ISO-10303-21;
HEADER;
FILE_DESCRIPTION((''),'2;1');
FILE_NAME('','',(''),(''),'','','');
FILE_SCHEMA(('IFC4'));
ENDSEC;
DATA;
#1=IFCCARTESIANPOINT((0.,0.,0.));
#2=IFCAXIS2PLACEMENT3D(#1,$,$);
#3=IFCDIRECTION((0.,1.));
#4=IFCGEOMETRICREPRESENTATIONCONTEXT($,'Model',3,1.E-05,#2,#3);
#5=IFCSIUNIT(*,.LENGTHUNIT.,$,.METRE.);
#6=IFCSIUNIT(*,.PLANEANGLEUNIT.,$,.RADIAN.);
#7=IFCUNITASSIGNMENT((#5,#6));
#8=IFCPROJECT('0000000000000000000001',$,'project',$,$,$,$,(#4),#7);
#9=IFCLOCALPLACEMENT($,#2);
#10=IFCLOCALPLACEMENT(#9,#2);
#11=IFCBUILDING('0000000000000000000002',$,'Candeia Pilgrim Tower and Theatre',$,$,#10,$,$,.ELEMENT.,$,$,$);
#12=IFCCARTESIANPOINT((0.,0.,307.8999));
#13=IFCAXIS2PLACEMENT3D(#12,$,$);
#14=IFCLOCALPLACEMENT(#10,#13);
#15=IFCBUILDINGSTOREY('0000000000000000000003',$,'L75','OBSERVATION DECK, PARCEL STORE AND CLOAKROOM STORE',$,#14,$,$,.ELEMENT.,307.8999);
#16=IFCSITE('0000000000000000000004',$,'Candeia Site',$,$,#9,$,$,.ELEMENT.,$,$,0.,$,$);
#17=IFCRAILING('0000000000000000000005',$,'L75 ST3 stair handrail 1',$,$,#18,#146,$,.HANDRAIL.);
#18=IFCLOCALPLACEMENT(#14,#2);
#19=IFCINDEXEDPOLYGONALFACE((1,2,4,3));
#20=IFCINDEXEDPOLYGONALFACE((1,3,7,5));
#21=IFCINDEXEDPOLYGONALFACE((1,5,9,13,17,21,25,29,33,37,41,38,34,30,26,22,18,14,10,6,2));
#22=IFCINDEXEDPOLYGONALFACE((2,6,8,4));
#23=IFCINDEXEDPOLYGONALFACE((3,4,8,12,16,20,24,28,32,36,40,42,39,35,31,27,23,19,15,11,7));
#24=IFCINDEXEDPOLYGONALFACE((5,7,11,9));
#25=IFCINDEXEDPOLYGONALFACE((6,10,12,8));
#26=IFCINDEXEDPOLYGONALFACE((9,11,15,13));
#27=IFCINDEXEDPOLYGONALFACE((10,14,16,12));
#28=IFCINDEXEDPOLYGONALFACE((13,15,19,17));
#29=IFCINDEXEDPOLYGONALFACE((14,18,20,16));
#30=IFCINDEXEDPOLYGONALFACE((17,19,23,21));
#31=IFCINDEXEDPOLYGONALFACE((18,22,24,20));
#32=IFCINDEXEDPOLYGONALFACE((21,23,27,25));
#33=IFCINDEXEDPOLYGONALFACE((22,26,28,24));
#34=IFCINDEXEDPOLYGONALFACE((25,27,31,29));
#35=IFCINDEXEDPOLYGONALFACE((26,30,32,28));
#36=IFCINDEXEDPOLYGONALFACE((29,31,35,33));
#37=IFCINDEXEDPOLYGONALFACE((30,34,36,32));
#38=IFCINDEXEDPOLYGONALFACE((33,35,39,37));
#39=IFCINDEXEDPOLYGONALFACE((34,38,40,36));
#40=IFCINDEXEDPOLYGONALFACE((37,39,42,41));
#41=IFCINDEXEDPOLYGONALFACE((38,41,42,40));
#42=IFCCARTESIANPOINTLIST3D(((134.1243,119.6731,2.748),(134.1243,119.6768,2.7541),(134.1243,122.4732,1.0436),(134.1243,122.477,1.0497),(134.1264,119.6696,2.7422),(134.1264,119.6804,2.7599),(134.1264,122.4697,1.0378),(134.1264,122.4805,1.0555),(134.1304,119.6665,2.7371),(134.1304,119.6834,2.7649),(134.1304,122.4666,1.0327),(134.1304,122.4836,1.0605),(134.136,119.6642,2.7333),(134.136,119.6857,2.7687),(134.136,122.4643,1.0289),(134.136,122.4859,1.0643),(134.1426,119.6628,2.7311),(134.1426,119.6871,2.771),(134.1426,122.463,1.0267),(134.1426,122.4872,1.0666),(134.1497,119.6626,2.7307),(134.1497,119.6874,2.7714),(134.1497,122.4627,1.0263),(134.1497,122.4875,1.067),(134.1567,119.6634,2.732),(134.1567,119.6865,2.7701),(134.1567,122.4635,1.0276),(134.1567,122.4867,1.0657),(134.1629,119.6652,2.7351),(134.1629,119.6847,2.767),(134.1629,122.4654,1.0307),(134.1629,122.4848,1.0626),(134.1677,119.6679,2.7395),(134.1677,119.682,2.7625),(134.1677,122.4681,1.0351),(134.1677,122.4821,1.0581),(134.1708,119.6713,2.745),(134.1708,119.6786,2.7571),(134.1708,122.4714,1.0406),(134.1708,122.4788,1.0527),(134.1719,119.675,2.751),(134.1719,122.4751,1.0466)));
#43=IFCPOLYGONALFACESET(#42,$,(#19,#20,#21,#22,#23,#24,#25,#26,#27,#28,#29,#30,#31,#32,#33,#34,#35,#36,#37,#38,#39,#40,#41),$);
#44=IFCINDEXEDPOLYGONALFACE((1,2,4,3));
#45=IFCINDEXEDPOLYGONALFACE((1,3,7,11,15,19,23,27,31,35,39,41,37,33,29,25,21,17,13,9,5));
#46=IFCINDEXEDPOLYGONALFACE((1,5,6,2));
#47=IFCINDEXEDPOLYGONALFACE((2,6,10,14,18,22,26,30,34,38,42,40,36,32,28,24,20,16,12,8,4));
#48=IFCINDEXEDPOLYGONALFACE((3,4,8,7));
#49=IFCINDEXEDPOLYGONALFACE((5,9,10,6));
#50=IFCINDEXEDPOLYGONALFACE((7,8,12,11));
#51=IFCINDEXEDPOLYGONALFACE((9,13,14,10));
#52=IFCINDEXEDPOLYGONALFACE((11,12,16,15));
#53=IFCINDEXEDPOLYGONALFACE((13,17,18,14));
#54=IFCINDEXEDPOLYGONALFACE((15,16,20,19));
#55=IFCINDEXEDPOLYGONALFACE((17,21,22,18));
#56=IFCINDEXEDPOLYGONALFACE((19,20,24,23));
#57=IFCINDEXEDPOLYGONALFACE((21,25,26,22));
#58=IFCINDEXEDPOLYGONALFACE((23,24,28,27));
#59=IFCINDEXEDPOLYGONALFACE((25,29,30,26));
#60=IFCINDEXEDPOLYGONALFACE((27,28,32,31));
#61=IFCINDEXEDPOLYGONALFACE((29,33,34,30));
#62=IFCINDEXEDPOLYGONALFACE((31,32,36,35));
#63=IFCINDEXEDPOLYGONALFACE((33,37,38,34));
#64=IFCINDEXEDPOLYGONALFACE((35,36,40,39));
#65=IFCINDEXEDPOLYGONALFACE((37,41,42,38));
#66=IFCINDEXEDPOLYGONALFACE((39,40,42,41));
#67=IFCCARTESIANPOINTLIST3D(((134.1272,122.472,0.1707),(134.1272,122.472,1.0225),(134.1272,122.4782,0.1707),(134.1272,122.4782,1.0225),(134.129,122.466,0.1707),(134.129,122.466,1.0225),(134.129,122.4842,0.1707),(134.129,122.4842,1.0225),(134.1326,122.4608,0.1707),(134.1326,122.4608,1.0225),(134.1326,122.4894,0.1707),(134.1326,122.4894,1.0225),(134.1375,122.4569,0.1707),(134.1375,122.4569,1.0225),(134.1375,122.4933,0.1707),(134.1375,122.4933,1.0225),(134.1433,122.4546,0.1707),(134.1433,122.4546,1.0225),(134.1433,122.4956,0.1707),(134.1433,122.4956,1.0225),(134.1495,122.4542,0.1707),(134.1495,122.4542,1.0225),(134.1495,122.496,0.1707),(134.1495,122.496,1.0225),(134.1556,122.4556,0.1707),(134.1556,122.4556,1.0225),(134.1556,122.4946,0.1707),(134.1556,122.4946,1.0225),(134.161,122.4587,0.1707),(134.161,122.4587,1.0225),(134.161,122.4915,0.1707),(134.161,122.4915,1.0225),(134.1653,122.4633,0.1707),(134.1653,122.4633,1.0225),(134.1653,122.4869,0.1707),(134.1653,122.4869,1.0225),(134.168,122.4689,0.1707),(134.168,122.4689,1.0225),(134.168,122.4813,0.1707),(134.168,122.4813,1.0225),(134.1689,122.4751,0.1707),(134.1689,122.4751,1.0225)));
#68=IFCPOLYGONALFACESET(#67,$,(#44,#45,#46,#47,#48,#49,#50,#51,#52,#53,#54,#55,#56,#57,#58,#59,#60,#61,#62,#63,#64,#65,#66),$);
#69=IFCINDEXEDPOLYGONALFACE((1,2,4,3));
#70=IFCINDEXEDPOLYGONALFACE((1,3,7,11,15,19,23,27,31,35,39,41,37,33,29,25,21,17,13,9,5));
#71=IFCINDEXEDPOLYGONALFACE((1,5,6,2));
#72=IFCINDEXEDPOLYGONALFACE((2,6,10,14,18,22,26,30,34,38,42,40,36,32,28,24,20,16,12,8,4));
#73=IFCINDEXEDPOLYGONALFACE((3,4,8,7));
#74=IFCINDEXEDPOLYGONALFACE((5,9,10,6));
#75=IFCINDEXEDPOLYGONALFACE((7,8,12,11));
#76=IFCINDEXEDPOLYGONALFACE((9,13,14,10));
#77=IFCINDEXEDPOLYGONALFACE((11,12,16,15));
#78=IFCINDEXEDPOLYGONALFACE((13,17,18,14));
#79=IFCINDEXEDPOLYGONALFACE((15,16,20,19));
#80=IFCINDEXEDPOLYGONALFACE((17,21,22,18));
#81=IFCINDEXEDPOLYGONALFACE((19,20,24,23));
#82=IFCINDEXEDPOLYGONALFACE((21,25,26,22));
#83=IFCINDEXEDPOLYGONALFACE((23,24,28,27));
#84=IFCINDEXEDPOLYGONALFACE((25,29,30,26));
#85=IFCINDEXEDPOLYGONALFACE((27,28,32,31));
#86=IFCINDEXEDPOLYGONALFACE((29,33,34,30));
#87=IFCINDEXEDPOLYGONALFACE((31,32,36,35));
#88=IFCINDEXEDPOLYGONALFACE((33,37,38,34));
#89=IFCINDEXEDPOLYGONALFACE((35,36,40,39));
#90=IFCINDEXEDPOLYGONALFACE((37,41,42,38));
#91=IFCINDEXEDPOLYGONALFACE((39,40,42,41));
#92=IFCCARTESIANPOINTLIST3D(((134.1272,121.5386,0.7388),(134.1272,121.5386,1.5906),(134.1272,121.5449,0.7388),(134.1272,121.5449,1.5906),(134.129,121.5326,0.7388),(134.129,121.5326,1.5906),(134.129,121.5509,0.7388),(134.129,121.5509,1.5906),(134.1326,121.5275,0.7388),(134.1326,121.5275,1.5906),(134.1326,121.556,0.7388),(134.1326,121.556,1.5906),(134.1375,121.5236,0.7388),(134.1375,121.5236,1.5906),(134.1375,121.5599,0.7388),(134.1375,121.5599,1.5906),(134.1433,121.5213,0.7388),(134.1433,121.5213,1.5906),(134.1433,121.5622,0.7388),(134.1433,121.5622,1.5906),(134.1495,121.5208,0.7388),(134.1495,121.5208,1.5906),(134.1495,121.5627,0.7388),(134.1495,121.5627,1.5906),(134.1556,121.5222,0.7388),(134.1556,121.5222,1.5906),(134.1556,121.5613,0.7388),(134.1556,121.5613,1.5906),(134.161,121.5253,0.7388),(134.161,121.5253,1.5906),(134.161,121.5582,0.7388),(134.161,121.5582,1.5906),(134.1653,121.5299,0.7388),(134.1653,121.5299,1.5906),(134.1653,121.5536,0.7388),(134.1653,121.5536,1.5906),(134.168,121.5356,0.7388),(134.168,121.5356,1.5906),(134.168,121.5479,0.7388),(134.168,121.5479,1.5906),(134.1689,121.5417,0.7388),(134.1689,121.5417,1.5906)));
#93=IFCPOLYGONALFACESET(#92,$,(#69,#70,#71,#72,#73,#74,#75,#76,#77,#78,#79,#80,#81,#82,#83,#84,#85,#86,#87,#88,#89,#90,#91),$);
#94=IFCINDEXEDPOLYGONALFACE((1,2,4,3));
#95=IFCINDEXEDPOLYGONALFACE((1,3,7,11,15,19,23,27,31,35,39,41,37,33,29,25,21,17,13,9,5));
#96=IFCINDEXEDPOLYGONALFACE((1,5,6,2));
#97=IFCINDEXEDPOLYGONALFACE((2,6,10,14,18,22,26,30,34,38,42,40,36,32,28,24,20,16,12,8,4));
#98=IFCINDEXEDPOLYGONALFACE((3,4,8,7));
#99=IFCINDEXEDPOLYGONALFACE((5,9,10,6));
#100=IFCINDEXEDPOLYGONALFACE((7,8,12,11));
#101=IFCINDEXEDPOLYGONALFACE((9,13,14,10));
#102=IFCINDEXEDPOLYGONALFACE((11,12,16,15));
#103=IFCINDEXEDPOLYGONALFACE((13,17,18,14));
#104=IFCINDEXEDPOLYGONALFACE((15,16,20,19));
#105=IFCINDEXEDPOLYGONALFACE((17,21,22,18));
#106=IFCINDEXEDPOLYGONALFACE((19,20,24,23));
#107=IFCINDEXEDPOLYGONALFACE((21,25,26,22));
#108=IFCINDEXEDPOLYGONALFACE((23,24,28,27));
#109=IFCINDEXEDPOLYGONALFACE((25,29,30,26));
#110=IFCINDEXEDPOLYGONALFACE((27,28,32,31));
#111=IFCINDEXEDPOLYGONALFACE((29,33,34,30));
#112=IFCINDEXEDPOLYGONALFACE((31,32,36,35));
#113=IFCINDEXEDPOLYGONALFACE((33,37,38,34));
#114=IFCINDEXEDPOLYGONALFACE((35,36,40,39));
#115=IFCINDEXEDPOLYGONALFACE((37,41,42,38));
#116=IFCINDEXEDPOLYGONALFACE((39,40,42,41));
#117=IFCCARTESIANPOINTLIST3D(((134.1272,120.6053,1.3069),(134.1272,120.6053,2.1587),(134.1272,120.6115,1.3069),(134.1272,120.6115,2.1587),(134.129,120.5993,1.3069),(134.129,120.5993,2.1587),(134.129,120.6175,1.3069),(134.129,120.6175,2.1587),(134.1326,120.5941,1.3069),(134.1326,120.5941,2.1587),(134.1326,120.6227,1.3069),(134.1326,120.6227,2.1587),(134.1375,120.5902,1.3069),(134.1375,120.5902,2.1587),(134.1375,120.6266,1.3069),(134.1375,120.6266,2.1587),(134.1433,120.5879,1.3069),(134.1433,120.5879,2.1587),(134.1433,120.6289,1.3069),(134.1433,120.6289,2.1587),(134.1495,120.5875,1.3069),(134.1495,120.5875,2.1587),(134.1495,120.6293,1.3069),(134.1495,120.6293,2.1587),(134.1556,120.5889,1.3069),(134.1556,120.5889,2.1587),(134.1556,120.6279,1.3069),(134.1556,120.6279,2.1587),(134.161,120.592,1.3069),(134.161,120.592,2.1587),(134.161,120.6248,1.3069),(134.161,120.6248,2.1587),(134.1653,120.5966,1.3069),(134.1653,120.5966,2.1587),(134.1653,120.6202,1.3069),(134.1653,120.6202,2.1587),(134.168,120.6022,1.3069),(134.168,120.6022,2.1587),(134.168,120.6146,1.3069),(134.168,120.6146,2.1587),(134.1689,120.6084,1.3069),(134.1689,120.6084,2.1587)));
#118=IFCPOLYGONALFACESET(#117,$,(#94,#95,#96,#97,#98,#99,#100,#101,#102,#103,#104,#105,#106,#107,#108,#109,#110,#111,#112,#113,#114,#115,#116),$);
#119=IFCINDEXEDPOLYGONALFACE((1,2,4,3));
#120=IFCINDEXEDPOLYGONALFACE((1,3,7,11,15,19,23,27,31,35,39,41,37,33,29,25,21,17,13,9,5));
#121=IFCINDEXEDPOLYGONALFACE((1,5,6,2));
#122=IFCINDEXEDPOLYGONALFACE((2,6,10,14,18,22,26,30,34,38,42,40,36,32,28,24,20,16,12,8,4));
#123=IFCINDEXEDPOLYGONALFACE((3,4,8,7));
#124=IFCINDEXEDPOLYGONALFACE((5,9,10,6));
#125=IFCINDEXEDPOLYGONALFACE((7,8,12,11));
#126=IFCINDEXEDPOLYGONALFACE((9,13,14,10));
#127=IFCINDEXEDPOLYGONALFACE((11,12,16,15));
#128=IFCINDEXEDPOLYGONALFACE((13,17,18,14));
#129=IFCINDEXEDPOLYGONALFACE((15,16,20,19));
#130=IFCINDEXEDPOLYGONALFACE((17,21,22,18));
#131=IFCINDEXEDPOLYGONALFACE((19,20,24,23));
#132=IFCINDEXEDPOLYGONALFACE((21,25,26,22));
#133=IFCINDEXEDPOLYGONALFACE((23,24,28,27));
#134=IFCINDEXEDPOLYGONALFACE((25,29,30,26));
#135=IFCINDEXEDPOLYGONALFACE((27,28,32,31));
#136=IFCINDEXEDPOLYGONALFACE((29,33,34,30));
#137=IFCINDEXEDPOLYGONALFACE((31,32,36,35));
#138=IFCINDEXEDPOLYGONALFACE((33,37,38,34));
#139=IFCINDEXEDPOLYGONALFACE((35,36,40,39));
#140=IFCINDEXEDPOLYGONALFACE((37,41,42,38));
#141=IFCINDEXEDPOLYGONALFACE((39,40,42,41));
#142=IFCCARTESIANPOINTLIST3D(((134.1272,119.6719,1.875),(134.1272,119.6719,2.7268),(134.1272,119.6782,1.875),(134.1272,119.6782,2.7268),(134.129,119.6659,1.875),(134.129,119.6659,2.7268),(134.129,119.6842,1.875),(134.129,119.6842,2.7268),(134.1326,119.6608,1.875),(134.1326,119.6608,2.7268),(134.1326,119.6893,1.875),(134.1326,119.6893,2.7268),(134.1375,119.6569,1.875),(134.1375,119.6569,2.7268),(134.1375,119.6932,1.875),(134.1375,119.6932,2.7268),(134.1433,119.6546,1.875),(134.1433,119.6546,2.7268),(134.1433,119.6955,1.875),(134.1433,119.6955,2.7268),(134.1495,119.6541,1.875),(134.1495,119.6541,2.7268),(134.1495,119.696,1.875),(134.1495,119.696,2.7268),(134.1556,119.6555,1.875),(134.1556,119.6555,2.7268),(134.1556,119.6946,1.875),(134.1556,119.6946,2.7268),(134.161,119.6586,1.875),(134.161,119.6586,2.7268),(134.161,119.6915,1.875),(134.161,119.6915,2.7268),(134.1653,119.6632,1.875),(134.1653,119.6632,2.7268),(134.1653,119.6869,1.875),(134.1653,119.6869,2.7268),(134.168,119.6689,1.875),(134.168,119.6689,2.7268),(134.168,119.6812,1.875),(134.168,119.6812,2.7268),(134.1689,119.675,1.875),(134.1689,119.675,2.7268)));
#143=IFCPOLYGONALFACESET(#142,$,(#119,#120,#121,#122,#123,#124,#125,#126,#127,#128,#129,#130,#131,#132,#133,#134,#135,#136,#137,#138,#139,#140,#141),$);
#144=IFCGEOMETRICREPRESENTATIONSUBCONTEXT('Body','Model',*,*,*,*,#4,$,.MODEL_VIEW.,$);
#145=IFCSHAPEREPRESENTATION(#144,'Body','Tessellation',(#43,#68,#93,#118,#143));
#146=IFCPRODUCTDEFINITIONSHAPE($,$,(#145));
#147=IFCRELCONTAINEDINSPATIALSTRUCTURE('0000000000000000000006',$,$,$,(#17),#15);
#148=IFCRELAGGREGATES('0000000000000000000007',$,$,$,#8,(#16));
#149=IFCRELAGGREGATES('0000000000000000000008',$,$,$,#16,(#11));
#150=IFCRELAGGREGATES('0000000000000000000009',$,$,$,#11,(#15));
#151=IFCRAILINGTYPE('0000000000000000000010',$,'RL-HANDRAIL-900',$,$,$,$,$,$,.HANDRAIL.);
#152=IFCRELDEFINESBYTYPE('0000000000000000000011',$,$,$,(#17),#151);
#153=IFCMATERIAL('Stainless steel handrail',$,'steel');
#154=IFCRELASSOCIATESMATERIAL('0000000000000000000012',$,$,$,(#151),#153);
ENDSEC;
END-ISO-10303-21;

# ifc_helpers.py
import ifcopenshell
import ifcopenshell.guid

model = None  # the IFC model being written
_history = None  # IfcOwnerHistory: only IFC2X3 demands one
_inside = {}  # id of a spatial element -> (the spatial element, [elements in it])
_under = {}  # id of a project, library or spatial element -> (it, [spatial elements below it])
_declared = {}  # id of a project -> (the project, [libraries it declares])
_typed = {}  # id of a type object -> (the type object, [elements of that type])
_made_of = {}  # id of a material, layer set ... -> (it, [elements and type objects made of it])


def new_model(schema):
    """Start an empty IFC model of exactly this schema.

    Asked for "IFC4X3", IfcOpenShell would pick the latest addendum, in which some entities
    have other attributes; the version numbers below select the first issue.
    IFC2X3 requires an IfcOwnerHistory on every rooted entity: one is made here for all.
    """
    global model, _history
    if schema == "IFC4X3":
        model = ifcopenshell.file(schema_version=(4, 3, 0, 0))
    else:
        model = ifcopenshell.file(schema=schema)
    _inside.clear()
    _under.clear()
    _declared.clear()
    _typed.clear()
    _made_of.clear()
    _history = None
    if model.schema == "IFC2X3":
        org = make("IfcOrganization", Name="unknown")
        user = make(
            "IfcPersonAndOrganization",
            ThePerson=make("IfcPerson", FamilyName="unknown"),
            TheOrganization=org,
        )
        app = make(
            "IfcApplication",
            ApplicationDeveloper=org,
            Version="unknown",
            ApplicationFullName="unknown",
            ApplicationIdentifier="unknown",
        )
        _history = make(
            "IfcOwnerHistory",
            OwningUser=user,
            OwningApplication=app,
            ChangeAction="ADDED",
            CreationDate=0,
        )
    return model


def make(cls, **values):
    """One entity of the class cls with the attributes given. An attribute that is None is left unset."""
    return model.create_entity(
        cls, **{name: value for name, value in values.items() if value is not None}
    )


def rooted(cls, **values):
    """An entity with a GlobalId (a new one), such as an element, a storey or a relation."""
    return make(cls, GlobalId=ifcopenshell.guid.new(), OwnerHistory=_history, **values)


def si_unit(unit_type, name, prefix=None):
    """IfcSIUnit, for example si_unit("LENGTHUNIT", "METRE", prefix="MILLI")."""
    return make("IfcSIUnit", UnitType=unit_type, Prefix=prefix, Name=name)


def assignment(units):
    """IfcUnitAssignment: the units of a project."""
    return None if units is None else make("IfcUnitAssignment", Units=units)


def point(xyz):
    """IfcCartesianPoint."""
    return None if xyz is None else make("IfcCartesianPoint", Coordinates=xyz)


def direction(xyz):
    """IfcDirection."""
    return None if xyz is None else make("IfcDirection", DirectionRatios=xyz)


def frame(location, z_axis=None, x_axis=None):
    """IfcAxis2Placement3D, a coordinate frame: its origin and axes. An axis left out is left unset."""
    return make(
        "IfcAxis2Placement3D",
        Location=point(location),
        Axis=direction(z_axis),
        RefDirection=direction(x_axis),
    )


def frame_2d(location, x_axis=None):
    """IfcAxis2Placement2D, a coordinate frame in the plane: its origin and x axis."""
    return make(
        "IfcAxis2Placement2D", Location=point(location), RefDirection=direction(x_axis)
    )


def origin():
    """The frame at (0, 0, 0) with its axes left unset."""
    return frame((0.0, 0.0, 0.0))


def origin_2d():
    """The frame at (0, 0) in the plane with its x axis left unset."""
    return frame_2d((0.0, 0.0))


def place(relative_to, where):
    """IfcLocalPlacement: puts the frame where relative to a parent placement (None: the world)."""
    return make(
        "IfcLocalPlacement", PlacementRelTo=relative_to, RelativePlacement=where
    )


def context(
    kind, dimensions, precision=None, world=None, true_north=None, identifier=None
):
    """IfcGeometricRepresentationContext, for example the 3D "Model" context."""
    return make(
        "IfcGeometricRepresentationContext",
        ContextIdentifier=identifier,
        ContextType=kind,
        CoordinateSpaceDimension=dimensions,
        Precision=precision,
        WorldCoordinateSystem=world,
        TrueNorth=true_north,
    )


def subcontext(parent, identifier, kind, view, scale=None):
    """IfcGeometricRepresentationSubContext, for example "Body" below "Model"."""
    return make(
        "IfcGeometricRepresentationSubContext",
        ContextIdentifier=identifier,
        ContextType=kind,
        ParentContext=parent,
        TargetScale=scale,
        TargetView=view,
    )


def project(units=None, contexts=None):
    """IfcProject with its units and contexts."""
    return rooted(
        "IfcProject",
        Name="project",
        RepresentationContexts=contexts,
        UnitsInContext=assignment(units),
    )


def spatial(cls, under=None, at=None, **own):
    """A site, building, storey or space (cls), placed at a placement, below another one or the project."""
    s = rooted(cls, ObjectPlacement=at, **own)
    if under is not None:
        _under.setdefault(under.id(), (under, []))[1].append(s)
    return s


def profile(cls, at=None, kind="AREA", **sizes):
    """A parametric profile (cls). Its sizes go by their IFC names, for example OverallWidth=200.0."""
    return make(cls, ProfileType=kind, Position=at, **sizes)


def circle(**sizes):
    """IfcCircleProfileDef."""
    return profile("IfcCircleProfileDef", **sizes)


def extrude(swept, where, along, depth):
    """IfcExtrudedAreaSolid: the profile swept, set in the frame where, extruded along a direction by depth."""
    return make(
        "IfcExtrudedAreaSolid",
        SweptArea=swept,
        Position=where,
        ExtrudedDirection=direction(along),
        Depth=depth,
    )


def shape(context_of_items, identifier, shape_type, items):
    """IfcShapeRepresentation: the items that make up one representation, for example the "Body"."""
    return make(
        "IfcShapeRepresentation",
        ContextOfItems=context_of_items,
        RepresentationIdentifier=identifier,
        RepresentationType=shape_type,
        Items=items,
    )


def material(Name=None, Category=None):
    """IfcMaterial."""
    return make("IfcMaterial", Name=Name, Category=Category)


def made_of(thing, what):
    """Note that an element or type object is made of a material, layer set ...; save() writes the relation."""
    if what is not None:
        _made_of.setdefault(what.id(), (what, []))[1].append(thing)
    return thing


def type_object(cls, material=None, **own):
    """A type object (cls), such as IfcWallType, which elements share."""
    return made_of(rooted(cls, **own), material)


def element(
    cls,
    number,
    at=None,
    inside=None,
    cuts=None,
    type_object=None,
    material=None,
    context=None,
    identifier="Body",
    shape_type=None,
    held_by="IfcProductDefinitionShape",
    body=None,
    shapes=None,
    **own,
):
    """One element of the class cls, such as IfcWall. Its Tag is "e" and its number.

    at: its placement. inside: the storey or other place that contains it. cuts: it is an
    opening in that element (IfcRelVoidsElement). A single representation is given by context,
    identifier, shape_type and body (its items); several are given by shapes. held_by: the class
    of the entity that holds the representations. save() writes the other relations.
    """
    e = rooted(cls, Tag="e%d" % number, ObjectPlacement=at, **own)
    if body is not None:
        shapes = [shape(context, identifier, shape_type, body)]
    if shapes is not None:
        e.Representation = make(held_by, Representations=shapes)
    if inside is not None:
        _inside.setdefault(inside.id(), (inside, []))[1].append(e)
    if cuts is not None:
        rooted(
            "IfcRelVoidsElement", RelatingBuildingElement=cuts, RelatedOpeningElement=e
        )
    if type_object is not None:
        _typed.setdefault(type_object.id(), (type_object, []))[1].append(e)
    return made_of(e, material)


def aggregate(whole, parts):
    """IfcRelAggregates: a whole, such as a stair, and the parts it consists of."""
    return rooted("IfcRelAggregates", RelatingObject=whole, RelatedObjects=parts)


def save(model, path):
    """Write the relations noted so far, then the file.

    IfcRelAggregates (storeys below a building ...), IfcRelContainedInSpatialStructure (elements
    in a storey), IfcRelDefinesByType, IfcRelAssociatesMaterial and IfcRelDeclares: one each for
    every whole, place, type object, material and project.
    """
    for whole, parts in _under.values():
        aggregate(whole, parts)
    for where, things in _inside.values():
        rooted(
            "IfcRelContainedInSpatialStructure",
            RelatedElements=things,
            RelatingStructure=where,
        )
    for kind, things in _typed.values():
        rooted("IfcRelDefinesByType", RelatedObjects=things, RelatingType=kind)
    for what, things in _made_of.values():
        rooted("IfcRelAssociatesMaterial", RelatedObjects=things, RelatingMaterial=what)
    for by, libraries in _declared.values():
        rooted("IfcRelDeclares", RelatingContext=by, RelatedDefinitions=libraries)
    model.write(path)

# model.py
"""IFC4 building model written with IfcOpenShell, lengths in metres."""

from ifc_helpers import new_model, si_unit, direction, frame, origin, origin_2d, place, context, subcontext, project, spatial, circle, extrude, material, type_object, element, save


model = new_model("IFC4")

# Units and contexts
model_context = context("Model", 3, precision=1e-05, world=origin(), true_north=direction((0.0, 1.0)))
body_context = subcontext(model_context, "Body", "Model", "MODEL_VIEW")
ifc_project = project(units=[si_unit("LENGTHUNIT", "METRE"), si_unit("PLANEANGLEUNIT", "RADIAN")], contexts=[model_context])

# Site, building, storey
site_placement = place(None, origin())
site = spatial("IfcSite", under=ifc_project, at=site_placement, Name="Candeia Site", CompositionType="ELEMENT", RefElevation=0.0)
building_placement = place(site_placement, origin())
building = spatial("IfcBuilding", under=site, at=building_placement, Name="Candeia Pilgrim Tower and Theatre", CompositionType="ELEMENT")
storey_placement = place(building_placement, frame((0.0, 0.0, 307.8999)))
storey = spatial("IfcBuildingStorey", under=building, at=storey_placement, Name="L75", Description="OBSERVATION DECK, PARCEL STORE AND CLOAKROOM STORE", CompositionType="ELEMENT", Elevation=307.8999)

# Railing
ifc_material_1 = material(Name="Stainless steel handrail", Category="steel")
railing_type_1 = type_object("IfcRailingType", Name="RL-HANDRAIL-900", PredefinedType="HANDRAIL", material=ifc_material_1)
railing_1_placement = place(storey_placement, frame((134.1479, 122.4751, 0.1707)))
element("IfcRailing", 1, at=railing_1_placement, inside=storey, type_object=railing_type_1, Name="L75 ST3 stair handrail 1", PredefinedType="HANDRAIL", context=body_context, shape_type="SweptSolid", body=[
    extrude(circle(Radius=0.0239, at=origin_2d()), frame((0.0, 0.0, 0.876), z_axis=(0.0, -0.854203, 0.51994), x_axis=(1.0, 0.0, 0.0)), (0.0, 0.0, 1.0), 3.2781),
    extrude(circle(Radius=0.021, at=origin_2d()), origin(), (0.0, 0.0, 1.0), 0.8518),
    extrude(circle(Radius=0.021, at=origin_2d()), frame((0.0, -0.9333, 0.5681)), (0.0, 0.0, 1.0), 0.8518),
    extrude(circle(Radius=0.021, at=origin_2d()), frame((0.0, -1.8667, 1.1362)), (0.0, 0.0, 1.0), 0.8518),
    extrude(circle(Radius=0.021, at=origin_2d()), frame((0.0, -2.8, 1.7043)), (0.0, 0.0, 1.0), 0.8518),
])

save(model, "model.ifc")
